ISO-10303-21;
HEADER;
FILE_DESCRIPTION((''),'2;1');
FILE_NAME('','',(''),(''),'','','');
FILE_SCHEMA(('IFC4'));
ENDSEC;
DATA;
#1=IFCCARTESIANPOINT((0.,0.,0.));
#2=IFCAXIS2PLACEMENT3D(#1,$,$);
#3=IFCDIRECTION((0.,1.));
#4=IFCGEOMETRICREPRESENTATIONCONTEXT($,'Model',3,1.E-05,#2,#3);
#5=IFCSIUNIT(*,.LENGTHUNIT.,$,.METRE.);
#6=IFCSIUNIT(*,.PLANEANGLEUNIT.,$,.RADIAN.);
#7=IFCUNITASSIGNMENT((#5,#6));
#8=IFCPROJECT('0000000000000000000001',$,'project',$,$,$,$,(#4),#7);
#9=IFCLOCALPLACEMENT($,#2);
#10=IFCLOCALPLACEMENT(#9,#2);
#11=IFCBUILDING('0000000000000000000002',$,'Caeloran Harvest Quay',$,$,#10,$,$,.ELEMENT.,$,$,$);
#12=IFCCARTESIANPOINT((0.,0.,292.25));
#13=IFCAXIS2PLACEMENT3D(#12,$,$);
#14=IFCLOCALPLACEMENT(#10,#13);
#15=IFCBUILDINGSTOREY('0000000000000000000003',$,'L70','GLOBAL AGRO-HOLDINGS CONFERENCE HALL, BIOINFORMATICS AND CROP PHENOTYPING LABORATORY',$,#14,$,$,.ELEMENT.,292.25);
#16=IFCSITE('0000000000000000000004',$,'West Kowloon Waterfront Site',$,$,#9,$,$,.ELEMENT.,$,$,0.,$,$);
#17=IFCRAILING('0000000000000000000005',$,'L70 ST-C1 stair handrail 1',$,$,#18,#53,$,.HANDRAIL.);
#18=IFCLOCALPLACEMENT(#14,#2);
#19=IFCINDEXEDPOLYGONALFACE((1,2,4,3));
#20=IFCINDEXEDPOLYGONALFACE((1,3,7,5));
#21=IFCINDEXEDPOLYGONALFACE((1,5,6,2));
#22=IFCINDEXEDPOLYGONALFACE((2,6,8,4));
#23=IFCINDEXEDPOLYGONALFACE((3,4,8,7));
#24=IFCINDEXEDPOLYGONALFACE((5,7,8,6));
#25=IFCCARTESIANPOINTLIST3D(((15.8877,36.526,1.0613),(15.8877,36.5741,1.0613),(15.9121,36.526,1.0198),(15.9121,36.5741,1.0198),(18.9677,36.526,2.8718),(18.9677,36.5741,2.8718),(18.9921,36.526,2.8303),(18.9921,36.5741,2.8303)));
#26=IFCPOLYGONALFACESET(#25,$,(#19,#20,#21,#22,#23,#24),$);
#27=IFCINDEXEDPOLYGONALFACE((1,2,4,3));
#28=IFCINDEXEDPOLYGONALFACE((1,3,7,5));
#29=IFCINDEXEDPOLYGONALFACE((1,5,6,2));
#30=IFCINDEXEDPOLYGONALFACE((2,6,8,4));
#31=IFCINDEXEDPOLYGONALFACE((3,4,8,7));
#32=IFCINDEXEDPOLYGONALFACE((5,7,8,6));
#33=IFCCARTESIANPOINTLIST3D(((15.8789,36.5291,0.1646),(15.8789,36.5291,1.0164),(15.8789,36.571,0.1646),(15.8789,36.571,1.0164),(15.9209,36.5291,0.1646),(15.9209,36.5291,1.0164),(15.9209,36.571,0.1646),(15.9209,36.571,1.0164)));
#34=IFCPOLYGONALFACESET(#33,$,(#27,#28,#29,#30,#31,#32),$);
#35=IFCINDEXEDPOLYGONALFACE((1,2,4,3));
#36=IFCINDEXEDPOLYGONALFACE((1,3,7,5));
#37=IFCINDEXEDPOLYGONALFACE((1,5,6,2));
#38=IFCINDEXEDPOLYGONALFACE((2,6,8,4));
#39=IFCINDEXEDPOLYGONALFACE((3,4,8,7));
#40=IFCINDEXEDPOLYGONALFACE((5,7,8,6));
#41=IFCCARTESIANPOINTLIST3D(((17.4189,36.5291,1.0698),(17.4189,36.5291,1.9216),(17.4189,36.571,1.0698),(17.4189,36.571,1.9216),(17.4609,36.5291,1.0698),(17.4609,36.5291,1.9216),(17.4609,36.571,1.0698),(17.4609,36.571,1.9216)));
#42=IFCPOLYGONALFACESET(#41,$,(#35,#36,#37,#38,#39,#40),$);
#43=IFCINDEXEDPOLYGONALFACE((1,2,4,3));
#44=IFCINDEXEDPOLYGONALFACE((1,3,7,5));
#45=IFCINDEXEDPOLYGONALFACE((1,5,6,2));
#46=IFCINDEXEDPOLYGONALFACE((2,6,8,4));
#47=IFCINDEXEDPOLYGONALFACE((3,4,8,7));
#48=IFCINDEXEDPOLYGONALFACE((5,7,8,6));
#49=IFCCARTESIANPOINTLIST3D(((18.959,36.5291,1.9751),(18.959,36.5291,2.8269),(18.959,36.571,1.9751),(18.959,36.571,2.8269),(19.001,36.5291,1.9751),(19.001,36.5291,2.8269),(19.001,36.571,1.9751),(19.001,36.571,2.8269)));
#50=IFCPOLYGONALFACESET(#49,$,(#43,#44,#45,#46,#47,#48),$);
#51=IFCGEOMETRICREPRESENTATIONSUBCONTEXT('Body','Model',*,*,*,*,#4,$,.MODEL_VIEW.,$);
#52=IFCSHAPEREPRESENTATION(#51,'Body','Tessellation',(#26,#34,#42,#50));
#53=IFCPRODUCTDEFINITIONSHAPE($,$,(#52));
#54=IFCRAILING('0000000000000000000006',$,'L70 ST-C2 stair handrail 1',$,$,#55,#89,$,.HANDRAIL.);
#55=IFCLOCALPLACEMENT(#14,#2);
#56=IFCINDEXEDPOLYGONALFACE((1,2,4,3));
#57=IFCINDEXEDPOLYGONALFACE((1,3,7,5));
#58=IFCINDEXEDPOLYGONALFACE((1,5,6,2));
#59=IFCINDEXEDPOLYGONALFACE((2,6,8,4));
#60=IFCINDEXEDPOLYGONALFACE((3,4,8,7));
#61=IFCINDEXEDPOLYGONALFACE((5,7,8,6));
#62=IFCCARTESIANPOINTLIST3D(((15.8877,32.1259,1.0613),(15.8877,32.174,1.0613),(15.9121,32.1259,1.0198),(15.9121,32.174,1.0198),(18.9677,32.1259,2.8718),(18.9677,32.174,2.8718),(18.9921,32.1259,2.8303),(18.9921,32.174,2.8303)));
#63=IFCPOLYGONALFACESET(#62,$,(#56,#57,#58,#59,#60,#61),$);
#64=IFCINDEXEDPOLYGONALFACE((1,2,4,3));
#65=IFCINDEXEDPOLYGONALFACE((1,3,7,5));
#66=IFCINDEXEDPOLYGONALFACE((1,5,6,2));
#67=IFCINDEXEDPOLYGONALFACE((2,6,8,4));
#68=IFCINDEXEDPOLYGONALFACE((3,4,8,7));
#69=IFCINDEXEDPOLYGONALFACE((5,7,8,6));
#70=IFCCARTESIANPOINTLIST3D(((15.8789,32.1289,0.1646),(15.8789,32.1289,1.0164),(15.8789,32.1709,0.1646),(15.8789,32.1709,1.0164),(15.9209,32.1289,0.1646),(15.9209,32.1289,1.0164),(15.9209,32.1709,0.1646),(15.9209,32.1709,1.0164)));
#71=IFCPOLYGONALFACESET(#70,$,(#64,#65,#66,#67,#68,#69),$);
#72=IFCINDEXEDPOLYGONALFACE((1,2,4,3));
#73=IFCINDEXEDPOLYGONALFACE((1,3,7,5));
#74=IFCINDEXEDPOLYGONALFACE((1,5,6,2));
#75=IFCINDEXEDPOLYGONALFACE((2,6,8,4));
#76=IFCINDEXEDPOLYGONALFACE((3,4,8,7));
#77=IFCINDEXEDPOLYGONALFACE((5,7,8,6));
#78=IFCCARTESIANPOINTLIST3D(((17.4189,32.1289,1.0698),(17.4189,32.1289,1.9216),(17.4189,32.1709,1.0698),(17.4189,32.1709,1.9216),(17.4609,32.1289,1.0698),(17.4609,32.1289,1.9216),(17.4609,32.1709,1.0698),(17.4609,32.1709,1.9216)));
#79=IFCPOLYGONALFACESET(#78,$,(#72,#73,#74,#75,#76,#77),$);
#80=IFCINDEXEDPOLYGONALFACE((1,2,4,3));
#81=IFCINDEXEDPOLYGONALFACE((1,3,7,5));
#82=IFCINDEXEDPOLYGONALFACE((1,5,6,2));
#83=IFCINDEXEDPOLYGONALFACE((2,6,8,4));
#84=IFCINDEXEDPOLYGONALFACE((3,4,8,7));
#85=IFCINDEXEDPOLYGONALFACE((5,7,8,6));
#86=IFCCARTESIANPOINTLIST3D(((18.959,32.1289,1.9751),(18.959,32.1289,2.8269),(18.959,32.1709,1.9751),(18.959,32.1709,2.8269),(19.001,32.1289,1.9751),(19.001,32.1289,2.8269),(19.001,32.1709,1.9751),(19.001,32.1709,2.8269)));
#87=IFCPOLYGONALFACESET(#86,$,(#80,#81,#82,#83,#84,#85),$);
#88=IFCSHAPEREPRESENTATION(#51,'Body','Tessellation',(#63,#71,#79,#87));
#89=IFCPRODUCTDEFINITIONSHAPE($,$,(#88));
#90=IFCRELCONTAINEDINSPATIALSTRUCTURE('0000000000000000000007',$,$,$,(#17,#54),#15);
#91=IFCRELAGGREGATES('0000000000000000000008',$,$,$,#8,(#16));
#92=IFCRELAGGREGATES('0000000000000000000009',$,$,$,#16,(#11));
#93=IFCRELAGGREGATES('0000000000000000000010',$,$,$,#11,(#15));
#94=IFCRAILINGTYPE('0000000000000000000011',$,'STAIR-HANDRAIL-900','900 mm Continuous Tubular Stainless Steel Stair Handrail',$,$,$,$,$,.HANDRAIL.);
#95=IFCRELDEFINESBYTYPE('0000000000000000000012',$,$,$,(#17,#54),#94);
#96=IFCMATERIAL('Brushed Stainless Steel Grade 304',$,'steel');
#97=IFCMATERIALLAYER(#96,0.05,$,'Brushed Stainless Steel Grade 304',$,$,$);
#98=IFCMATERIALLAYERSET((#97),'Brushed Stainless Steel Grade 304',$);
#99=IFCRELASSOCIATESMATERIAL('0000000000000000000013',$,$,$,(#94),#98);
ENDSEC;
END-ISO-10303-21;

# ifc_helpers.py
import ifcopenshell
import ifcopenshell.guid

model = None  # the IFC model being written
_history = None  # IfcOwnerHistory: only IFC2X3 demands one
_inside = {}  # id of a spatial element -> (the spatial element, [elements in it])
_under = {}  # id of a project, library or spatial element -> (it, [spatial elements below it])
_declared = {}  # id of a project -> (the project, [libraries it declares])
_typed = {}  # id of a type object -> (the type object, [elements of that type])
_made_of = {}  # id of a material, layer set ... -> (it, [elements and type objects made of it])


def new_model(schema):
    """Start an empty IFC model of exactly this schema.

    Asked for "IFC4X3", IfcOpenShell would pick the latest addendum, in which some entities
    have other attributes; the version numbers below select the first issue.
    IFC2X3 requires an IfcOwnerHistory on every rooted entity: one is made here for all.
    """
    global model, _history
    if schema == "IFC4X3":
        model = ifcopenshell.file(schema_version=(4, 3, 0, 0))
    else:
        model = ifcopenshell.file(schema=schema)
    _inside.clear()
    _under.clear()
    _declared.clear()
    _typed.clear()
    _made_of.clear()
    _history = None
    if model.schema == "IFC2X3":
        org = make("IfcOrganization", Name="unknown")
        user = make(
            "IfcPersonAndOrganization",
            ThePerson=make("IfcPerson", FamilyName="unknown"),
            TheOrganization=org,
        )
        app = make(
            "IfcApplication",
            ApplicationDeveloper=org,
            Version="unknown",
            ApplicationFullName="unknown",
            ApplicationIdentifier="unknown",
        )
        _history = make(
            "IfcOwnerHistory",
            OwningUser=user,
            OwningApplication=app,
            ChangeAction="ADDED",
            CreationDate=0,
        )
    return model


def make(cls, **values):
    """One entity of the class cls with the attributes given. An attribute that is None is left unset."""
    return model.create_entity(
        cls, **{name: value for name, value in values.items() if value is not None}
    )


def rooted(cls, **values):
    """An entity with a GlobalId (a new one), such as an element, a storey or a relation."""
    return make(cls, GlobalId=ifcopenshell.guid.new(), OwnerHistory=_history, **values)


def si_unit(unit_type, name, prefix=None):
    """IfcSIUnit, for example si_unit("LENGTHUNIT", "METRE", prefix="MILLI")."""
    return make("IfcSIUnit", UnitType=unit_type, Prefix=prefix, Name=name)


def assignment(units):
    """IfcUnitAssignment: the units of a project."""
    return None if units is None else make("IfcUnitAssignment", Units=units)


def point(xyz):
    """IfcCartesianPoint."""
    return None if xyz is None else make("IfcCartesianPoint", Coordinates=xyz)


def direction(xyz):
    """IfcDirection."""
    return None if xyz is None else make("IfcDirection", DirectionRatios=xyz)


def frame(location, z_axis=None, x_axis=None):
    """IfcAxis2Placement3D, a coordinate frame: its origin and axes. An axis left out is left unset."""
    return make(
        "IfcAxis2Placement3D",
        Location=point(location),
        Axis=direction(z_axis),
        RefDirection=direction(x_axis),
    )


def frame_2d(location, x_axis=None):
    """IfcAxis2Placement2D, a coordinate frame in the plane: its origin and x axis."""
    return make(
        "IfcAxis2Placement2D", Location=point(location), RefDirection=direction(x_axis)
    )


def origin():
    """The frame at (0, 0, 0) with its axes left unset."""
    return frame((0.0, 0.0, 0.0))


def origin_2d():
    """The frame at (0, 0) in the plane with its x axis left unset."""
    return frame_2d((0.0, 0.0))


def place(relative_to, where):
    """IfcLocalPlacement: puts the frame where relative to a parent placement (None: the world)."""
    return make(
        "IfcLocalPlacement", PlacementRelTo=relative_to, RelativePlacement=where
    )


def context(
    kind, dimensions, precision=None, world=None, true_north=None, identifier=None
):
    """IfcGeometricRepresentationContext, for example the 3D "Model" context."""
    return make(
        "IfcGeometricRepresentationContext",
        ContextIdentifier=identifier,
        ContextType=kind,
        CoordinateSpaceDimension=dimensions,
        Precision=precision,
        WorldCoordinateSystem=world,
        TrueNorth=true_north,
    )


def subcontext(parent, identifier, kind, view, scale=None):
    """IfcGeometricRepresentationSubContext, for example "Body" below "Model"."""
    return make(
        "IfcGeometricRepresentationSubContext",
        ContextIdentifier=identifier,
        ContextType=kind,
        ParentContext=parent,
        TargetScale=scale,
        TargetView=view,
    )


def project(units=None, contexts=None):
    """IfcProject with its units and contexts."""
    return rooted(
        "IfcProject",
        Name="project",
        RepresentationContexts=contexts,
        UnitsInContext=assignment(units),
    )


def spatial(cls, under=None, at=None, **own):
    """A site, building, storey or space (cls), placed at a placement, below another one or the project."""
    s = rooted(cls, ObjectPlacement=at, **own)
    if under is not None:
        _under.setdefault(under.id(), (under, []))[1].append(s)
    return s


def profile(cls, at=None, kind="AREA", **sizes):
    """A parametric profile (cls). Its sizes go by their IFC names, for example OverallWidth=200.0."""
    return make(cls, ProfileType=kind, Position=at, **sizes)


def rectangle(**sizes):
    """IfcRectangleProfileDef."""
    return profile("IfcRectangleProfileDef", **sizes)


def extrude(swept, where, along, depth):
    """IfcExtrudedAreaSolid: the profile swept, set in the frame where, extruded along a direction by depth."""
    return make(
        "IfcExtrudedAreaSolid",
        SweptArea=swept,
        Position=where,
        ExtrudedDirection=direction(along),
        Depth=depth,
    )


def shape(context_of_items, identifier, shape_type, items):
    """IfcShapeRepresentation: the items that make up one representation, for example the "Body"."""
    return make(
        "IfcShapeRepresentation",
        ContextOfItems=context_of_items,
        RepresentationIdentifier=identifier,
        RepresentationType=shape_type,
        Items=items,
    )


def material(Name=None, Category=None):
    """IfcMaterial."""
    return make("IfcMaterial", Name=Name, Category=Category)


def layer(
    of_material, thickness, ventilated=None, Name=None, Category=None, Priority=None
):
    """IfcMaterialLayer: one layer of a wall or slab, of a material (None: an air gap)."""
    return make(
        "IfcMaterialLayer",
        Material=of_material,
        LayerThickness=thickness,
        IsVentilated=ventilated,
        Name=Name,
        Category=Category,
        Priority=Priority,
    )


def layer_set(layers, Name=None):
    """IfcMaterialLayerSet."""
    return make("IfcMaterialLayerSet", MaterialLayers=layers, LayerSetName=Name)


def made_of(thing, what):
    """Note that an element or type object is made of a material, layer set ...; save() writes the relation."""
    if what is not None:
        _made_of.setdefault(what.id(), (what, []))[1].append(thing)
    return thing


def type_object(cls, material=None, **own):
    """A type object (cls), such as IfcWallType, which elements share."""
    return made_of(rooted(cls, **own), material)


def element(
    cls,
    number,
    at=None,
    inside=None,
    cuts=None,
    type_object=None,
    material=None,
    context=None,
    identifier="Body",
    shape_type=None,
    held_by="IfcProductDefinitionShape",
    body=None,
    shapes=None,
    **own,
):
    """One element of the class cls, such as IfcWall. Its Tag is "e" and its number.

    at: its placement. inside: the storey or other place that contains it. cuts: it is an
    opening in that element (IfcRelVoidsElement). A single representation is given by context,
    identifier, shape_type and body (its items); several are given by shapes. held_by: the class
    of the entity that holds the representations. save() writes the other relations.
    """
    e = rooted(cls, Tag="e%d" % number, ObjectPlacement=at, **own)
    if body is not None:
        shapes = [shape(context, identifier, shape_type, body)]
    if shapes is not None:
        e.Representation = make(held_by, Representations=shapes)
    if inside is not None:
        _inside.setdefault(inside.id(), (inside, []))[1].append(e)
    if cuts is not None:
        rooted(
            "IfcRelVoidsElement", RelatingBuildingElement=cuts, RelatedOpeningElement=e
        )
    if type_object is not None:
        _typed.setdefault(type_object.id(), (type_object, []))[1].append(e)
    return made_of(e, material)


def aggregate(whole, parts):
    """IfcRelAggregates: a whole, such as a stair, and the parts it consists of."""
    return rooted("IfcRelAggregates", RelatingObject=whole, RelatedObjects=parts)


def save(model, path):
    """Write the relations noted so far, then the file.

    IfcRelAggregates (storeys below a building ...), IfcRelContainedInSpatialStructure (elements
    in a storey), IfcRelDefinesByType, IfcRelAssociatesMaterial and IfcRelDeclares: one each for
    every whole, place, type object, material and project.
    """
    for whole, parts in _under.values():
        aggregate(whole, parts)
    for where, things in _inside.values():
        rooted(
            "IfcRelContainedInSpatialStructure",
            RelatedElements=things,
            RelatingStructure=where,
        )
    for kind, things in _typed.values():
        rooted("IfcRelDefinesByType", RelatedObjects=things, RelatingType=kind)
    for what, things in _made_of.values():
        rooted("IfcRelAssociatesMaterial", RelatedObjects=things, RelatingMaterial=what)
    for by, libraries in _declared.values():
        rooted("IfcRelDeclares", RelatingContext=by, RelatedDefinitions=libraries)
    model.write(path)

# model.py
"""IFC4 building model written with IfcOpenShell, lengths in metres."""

from ifc_helpers import new_model, si_unit, direction, frame, origin, origin_2d, place, context, subcontext, project, spatial, rectangle, extrude, material, layer, layer_set, type_object, element, save


model = new_model("IFC4")

# Units and contexts
model_context = context("Model", 3, precision=1e-05, world=origin(), true_north=direction((0.0, 1.0)))
body_context = subcontext(model_context, "Body", "Model", "MODEL_VIEW")
ifc_project = project(units=[si_unit("LENGTHUNIT", "METRE"), si_unit("PLANEANGLEUNIT", "RADIAN")], contexts=[model_context])

# Site, building, storey
site_placement = place(None, origin())
site = spatial("IfcSite", under=ifc_project, at=site_placement, Name="West Kowloon Waterfront Site", CompositionType="ELEMENT", RefElevation=0.0)
building_placement = place(site_placement, origin())
building = spatial("IfcBuilding", under=site, at=building_placement, Name="Caeloran Harvest Quay", CompositionType="ELEMENT")
storey_placement = place(building_placement, frame((0.0, 0.0, 292.25)))
storey = spatial("IfcBuildingStorey", under=building, at=storey_placement, Name="L70", Description="GLOBAL AGRO-HOLDINGS CONFERENCE HALL, BIOINFORMATICS AND CROP PHENOTYPING LABORATORY", CompositionType="ELEMENT", Elevation=292.25)

# Railings
ifc_material_1 = material(Name="Brushed Stainless Steel Grade 304", Category="steel")
ifc_layer_1 = layer(ifc_material_1, 0.05, Name="Brushed Stainless Steel Grade 304")
ifc_layer_set_1 = layer_set([ifc_layer_1], Name="Brushed Stainless Steel Grade 304")
railing_type_1 = type_object("IfcRailingType", Name="STAIR-HANDRAIL-900", Description="900 mm Continuous Tubular Stainless Steel Stair Handrail", PredefinedType="HANDRAIL", material=ifc_layer_set_1)
for number, where, name in (
    (1, (15.8999, 36.55, 0.1646), "L70 ST-C1 stair handrail 1"),
    (2, (15.8999, 32.1499, 0.1646), "L70 ST-C2 stair handrail 1"),
):
    element("IfcRailing", number, at=place(storey_placement, frame(where)), inside=storey, type_object=railing_type_1, Name=name, PredefinedType="HANDRAIL", context=body_context, shape_type="SweptSolid", body=[
        extrude(rectangle(XDim=0.0481, YDim=0.0481, at=origin_2d()), frame((0.0, 0.0, 0.876), z_axis=(0.862089, 0.0, 0.506757), x_axis=(0.0, 1.0, 0.0)), (0.0, 0.0, 1.0), 3.5728),
        extrude(rectangle(XDim=0.042, YDim=0.042, at=origin_2d()), origin(), (0.0, 0.0, 1.0), 0.8518),
        extrude(rectangle(XDim=0.042, YDim=0.042, at=origin_2d()), frame((1.54, 0.0, 0.9053)), (0.0, 0.0, 1.0), 0.8518),
        extrude(rectangle(XDim=0.042, YDim=0.042, at=origin_2d()), frame((3.0801, 0.0, 1.8105)), (0.0, 0.0, 1.0), 0.8518),
    ])

save(model, "model.ifc")
